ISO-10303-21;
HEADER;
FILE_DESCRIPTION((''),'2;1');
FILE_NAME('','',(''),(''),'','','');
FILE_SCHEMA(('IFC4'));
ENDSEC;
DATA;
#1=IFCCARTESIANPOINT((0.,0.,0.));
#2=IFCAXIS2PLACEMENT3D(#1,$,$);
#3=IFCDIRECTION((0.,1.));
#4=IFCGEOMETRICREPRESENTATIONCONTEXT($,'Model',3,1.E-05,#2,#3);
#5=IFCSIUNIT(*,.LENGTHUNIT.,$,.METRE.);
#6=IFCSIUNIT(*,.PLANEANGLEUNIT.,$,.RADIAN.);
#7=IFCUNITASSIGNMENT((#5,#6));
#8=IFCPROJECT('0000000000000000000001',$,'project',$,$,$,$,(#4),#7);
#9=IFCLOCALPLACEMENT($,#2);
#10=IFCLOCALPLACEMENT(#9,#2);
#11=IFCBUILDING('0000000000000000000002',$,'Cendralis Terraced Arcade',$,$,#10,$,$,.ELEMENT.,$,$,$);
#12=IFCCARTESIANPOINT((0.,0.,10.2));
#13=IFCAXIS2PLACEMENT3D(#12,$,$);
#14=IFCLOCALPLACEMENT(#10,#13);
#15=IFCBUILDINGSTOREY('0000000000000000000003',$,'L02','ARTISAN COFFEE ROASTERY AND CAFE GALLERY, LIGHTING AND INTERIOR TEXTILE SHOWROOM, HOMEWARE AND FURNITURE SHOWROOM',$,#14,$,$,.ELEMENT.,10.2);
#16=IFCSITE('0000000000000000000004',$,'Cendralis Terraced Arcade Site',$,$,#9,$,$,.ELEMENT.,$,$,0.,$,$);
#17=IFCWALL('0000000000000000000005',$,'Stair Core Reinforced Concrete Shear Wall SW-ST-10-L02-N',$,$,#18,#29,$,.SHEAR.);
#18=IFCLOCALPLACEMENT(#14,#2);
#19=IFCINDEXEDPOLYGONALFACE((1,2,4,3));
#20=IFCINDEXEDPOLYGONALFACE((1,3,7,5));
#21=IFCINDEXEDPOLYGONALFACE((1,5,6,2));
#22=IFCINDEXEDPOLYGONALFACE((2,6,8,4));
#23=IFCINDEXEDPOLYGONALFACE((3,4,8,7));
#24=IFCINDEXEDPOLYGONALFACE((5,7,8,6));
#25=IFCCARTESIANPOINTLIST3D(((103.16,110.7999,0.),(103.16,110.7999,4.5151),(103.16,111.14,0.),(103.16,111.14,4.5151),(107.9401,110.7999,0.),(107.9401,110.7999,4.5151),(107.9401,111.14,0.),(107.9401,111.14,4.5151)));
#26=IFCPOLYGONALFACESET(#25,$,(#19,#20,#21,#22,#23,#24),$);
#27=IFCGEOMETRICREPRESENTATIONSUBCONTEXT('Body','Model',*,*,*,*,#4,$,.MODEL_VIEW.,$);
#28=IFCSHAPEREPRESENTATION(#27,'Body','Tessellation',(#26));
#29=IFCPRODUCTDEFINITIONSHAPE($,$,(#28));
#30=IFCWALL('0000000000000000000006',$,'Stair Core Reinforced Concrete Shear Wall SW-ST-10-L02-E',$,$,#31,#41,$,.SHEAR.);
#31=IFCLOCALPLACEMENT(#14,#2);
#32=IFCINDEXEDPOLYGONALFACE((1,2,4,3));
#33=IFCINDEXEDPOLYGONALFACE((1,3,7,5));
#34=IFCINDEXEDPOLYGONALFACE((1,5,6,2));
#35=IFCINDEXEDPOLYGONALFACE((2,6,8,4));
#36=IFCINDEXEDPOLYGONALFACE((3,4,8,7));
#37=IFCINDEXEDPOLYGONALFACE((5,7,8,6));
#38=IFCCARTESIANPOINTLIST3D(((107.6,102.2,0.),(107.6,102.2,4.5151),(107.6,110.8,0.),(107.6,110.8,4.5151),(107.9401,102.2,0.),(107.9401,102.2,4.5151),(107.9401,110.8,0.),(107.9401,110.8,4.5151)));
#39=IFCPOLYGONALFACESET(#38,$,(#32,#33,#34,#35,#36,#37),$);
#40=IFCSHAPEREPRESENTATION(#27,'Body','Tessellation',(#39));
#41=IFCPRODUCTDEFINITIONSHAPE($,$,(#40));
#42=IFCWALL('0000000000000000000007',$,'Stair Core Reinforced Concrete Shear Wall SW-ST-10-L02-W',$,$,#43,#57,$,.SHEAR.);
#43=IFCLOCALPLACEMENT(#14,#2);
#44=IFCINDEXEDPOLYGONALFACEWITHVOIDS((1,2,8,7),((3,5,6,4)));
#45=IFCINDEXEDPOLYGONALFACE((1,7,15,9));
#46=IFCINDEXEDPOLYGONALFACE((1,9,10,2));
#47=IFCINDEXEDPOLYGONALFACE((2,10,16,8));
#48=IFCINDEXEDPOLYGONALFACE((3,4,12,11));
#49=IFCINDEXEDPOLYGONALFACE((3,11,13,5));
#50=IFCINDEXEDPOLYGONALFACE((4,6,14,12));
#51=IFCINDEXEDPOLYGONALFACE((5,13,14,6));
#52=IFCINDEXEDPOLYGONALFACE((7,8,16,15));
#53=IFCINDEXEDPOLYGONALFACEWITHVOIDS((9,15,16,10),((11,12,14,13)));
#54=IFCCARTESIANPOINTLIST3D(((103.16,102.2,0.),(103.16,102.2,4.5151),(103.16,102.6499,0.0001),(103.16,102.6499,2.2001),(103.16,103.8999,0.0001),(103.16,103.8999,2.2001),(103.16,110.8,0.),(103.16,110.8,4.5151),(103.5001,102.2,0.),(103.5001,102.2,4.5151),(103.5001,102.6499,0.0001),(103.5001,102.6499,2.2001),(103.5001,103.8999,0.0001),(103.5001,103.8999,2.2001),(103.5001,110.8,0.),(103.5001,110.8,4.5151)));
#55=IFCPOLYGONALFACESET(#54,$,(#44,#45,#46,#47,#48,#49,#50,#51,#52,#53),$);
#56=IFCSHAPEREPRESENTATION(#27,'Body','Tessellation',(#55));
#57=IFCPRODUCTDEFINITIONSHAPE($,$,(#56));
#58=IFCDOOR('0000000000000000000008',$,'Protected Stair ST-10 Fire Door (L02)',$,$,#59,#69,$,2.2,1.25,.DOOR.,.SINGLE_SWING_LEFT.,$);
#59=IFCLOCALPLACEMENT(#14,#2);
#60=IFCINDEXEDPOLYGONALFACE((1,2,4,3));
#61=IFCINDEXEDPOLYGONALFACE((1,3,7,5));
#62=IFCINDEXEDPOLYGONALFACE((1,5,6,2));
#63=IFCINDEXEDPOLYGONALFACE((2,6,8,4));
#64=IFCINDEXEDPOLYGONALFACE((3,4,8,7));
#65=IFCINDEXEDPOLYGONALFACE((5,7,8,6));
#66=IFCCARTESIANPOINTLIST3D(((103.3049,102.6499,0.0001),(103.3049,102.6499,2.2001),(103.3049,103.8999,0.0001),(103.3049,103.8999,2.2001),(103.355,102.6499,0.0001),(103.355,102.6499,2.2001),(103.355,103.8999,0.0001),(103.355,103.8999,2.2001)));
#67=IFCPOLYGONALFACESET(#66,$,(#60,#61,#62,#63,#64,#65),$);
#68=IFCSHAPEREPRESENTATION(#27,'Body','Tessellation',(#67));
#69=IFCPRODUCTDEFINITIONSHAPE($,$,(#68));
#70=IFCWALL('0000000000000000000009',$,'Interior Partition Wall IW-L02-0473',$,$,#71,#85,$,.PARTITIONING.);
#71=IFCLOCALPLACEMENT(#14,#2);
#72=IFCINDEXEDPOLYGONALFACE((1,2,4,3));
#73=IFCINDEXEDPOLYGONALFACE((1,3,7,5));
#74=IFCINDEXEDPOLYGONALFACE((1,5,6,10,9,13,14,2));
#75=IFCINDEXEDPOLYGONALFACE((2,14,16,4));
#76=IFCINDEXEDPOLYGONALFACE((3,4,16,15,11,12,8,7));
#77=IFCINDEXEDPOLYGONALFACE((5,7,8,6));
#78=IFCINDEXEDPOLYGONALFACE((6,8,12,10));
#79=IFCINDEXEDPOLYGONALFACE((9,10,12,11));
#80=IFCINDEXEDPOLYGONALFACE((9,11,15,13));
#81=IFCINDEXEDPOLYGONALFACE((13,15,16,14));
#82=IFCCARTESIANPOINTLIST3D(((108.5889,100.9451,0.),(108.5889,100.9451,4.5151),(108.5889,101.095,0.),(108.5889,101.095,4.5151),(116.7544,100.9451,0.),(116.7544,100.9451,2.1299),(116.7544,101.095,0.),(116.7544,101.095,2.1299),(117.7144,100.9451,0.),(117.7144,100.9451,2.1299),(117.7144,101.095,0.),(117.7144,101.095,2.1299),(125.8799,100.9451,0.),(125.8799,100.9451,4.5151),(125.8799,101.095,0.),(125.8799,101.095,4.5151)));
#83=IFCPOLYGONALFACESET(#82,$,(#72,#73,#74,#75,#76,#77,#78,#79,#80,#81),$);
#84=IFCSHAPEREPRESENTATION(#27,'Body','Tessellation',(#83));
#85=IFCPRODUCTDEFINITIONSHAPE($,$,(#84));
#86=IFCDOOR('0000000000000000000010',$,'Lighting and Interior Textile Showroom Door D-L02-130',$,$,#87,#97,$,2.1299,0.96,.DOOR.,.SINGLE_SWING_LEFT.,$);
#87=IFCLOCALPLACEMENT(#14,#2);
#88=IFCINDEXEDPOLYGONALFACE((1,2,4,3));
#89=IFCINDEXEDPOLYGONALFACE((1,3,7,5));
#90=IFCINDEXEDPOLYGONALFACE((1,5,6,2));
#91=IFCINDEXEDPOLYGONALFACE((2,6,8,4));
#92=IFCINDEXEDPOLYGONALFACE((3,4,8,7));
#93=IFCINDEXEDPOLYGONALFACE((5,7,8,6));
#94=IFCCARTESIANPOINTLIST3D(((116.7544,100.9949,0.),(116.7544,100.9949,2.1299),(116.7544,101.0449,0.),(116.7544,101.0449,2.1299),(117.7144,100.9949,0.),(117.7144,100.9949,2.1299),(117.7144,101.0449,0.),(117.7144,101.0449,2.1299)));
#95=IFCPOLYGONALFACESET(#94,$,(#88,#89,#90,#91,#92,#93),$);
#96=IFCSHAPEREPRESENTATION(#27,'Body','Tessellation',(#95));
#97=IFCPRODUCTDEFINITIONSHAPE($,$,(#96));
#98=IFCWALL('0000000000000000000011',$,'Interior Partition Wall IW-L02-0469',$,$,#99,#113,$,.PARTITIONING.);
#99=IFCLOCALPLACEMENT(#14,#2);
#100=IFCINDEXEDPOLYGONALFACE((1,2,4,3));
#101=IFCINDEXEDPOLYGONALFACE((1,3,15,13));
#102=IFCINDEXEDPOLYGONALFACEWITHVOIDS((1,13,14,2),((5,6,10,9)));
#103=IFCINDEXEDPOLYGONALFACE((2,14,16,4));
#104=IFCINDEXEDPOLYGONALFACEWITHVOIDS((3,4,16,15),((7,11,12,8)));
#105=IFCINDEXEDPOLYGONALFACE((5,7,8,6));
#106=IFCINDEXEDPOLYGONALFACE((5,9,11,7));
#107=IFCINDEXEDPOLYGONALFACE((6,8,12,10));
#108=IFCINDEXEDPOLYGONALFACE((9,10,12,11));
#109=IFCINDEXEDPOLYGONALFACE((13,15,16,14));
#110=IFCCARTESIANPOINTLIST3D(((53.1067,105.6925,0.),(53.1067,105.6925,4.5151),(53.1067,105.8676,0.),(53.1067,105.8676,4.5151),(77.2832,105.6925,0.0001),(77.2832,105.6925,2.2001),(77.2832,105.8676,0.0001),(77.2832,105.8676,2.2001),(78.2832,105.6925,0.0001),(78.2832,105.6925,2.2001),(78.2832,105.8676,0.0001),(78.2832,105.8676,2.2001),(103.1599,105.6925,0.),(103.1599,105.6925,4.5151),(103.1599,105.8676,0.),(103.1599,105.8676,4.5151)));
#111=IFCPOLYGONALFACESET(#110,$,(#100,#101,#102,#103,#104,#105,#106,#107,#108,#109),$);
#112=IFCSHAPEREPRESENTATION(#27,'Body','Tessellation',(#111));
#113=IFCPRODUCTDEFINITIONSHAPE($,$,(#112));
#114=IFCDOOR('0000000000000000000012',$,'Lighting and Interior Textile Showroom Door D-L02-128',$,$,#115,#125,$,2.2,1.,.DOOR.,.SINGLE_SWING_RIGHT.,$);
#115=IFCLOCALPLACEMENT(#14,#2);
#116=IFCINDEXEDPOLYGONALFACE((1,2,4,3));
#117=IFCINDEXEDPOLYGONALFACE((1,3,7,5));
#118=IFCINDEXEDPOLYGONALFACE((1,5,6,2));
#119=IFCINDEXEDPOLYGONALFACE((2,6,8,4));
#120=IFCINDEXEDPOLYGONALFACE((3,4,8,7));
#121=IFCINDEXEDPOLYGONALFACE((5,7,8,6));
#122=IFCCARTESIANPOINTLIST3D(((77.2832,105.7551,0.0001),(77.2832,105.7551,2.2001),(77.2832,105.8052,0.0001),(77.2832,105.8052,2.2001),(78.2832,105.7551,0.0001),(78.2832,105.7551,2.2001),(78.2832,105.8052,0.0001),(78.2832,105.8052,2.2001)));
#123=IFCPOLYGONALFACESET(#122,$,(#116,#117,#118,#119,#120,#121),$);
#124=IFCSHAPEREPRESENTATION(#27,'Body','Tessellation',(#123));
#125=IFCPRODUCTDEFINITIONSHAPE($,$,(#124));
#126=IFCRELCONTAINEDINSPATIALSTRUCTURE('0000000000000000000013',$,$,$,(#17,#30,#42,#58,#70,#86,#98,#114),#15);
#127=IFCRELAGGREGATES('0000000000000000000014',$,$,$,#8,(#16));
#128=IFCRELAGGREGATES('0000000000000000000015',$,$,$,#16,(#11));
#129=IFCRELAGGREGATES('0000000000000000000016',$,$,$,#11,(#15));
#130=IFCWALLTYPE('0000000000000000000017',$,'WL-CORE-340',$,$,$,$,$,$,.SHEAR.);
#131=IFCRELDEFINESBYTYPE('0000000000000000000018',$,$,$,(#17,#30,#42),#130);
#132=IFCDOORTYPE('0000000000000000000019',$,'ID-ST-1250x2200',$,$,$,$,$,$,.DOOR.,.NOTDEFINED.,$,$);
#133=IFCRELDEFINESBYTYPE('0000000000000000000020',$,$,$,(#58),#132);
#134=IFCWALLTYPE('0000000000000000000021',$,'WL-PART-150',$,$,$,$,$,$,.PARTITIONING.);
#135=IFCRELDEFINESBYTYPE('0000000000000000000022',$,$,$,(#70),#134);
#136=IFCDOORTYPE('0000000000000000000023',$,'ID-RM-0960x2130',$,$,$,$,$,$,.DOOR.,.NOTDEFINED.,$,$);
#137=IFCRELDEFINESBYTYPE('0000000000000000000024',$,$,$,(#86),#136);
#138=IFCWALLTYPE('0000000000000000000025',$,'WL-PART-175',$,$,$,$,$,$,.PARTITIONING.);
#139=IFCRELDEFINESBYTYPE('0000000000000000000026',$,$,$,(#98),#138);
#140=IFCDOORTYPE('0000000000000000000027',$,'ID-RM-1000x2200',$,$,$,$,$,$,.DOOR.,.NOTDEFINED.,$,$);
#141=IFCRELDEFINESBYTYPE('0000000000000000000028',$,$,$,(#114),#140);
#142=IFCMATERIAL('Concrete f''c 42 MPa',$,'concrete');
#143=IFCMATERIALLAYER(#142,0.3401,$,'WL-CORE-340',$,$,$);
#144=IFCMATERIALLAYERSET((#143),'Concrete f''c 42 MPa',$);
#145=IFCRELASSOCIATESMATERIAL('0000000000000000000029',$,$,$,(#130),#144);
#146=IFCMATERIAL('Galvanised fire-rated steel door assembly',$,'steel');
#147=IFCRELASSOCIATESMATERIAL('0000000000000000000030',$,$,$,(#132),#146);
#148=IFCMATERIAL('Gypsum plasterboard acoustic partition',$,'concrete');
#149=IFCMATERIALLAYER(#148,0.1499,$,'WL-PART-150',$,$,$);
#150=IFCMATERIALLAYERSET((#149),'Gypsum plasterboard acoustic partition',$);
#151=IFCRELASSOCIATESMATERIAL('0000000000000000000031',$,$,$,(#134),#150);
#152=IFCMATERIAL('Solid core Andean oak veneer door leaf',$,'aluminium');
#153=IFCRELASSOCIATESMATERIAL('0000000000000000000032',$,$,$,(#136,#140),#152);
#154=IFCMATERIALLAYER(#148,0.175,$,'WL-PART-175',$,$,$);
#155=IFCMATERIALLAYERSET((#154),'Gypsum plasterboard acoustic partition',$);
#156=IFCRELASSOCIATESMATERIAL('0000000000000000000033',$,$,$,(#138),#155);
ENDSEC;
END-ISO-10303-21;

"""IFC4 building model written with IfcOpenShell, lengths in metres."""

from ifc_helpers import new_model, si_unit, direction, frame, frame_2d, origin, place, context, subcontext, project, spatial, rectangle, extrude, material, layer, layer_set, type_object, element, fill, save


model = new_model("IFC4")

# Units and contexts
model_context = context("Model", 3, precision=1e-05, world=origin(), true_north=direction((0.0, 1.0)))
body_context = subcontext(model_context, "Body", "Model", "MODEL_VIEW")
ifc_project = project(units=[si_unit("LENGTHUNIT", "METRE"), si_unit("PLANEANGLEUNIT", "RADIAN")], contexts=[model_context])

# Site, building, storey
site_placement = place(None, origin())
site = spatial("IfcSite", under=ifc_project, at=site_placement, Name="Cendralis Terraced Arcade Site", CompositionType="ELEMENT", RefElevation=0.0)
building_placement = place(site_placement, origin())
building = spatial("IfcBuilding", under=site, at=building_placement, Name="Cendralis Terraced Arcade", CompositionType="ELEMENT")
storey_placement = place(building_placement, frame((0.0, 0.0, 10.2)))
storey = spatial("IfcBuildingStorey", under=building, at=storey_placement, Name="L02", Description="ARTISAN COFFEE ROASTERY AND CAFE GALLERY, LIGHTING AND INTERIOR TEXTILE SHOWROOM, HOMEWARE AND FURNITURE SHOWROOM", CompositionType="ELEMENT", Elevation=10.2)

# Shared definitions
ifc_material_1 = material(Name="Concrete f'c 42 MPa", Category="concrete")

# Walls
ifc_layer_1 = layer(ifc_material_1, 0.3401, Name="WL-CORE-340")
ifc_layer_set_1 = layer_set([ifc_layer_1], Name="Concrete f'c 42 MPa")
wall_type_1 = type_object("IfcWallType", Name="WL-CORE-340", PredefinedType="SHEAR", material=ifc_layer_set_1)
for number, where, z_axis, x_axis, name in (
    (1, (103.1599, 110.97, 0.0), (0.0, 0.0, 1.0), (1.0, 0.0, 0.0), "Stair Core Reinforced Concrete Shear Wall SW-ST-10-L02-N"),
):
    element("IfcWall", number, at=place(storey_placement, frame(where, z_axis=z_axis, x_axis=x_axis)), inside=storey, type_object=wall_type_1, Name=name, PredefinedType="SHEAR", context=body_context, shape_type="SweptSolid", body=[
        extrude(rectangle(XDim=4.78, YDim=0.3401, at=frame_2d((2.3901, 0.0))), origin(), (0.0, 0.0, 1.0), 4.5151),
    ])
wall_1_placement = place(storey_placement, frame((107.77, 102.2, 0.0), z_axis=(0.0, 0.0, 1.0), x_axis=(0.0, 1.0, 0.0)))
element("IfcWall", 2, at=wall_1_placement, inside=storey, type_object=wall_type_1, Name="Stair Core Reinforced Concrete Shear Wall SW-ST-10-L02-E", PredefinedType="SHEAR", context=body_context, shape_type="SweptSolid", body=[
    extrude(rectangle(XDim=8.6001, YDim=0.3401, at=frame_2d((4.3, 0.0))), origin(), (0.0, 0.0, 1.0), 4.5151),
])

# Walls, openings, doors
wall_2_placement = place(storey_placement, frame((103.3301, 102.2, 0.0), z_axis=(0.0, 0.0, 1.0), x_axis=(0.0, 1.0, 0.0)))
wall_2 = element("IfcWall", 3, at=wall_2_placement, inside=storey, type_object=wall_type_1, Name="Stair Core Reinforced Concrete Shear Wall SW-ST-10-L02-W", PredefinedType="SHEAR", context=body_context, shape_type="SweptSolid", body=[
    extrude(rectangle(XDim=8.6001, YDim=0.3401, at=frame_2d((4.3, 0.0))), origin(), (0.0, 0.0, 1.0), 4.5151),
])
opening_1_placement = place(wall_2_placement, frame((0.45, 0.0, 0.0)))
opening_1 = element("IfcOpeningElement", 4, at=opening_1_placement, cuts=wall_2, PredefinedType="OPENING", context=body_context, shape_type="SweptSolid", body=[
    extrude(rectangle(XDim=1.25, YDim=2.2, at=frame_2d((0.625, 1.1001))), frame((0.0, 0.1821, 0.0), z_axis=(0.0, -1.0, 0.0), x_axis=(1.0, 0.0, 0.0)), (0.0, 0.0, 1.0), 0.364),
])
ifc_material_2 = material(Name="Galvanised fire-rated steel door assembly", Category="steel")
door_type_1 = type_object("IfcDoorType", Name="ID-ST-1250x2200", OperationType="NOTDEFINED", PredefinedType="DOOR", material=ifc_material_2)
door_1_placement = place(opening_1_placement, frame((1.25, 0.0, 0.0), z_axis=(0.0, 0.0, 1.0), x_axis=(-1.0, 0.0, 0.0)))
door_1 = element("IfcDoor", 5, at=door_1_placement, inside=storey, type_object=door_type_1, Name="Protected Stair ST-10 Fire Door (L02)", OperationType="SINGLE_SWING_LEFT", OverallHeight=2.2, OverallWidth=1.25, PredefinedType="DOOR", context=body_context, shape_type="SweptSolid", body=[
    extrude(rectangle(XDim=1.25, YDim=2.2, at=frame_2d((0.625, 1.1001))), frame((0.0, 0.0249, 0.0), z_axis=(0.0, -1.0, 0.0), x_axis=(1.0, 0.0, 0.0)), (0.0, 0.0, 1.0), 0.05),
])
fill(opening_1, door_1)
ifc_material_3 = material(Name="Gypsum plasterboard acoustic partition", Category="concrete")
ifc_layer_2 = layer(ifc_material_3, 0.1499, Name="WL-PART-150")
ifc_layer_set_2 = layer_set([ifc_layer_2], Name="Gypsum plasterboard acoustic partition")
wall_type_2 = type_object("IfcWallType", Name="WL-PART-150", PredefinedType="PARTITIONING", material=ifc_layer_set_2)
wall_3_placement = place(storey_placement, frame((108.5889, 101.02, 0.0), z_axis=(0.0, 0.0, 1.0), x_axis=(1.0, 0.0, 0.0)))
wall_3 = element("IfcWall", 6, at=wall_3_placement, inside=storey, type_object=wall_type_2, Name="Interior Partition Wall IW-L02-0473", PredefinedType="PARTITIONING", context=body_context, shape_type="SweptSolid", body=[
    extrude(rectangle(XDim=17.291, YDim=0.1499, at=frame_2d((8.6455, 0.0))), origin(), (0.0, 0.0, 1.0), 4.5151),
])
opening_2_placement = place(wall_3_placement, frame((8.1655, 0.0, 0.0)))
opening_2 = element("IfcOpeningElement", 7, at=opening_2_placement, cuts=wall_3, PredefinedType="OPENING", context=body_context, shape_type="SweptSolid", body=[
    extrude(rectangle(XDim=0.96, YDim=2.1299, at=frame_2d((0.48, 1.0649))), frame((0.0, 0.0869, 0.0), z_axis=(0.0, -1.0, 0.0), x_axis=(1.0, 0.0, 0.0)), (0.0, 0.0, 1.0), 0.1738),
])
ifc_material_4 = material(Name="Solid core Andean oak veneer door leaf", Category="aluminium")
door_type_2 = type_object("IfcDoorType", Name="ID-RM-0960x2130", OperationType="NOTDEFINED", PredefinedType="DOOR", material=ifc_material_4)
door_2_placement = place(opening_2_placement, origin())
door_2 = element("IfcDoor", 8, at=door_2_placement, inside=storey, type_object=door_type_2, Name="Lighting and Interior Textile Showroom Door D-L02-130", OperationType="SINGLE_SWING_LEFT", OverallHeight=2.1299, OverallWidth=0.96, PredefinedType="DOOR", context=body_context, shape_type="SweptSolid", body=[
    extrude(rectangle(XDim=0.96, YDim=2.1299, at=frame_2d((0.48, 1.0649))), frame((0.0, 0.0249, 0.0), z_axis=(0.0, -1.0, 0.0), x_axis=(1.0, 0.0, 0.0)), (0.0, 0.0, 1.0), 0.05),
])
fill(opening_2, door_2)
ifc_layer_3 = layer(ifc_material_3, 0.175, Name="WL-PART-175")
ifc_layer_set_3 = layer_set([ifc_layer_3], Name="Gypsum plasterboard acoustic partition")
wall_type_3 = type_object("IfcWallType", Name="WL-PART-175", PredefinedType="PARTITIONING", material=ifc_layer_set_3)
wall_4_placement = place(storey_placement, frame((103.1599, 105.78, 0.0), z_axis=(0.0, 0.0, 1.0), x_axis=(-1.0, 0.0, 0.0)))
wall_4 = element("IfcWall", 9, at=wall_4_placement, inside=storey, type_object=wall_type_3, Name="Interior Partition Wall IW-L02-0469", PredefinedType="PARTITIONING", context=body_context, shape_type="SweptSolid", body=[
    extrude(rectangle(XDim=50.0532, YDim=0.175, at=frame_2d((25.0266, 0.0))), origin(), (0.0, 0.0, 1.0), 4.5151),
])
opening_3_placement = place(wall_4_placement, frame((24.8767, 0.0, 0.0)))
opening_3 = element("IfcOpeningElement", 10, at=opening_3_placement, cuts=wall_4, PredefinedType="OPENING", context=body_context, shape_type="SweptSolid", body=[
    extrude(rectangle(XDim=1.0, YDim=2.2, at=frame_2d((0.5, 1.1001))), frame((0.0, 0.0996, 0.0), z_axis=(0.0, -1.0, 0.0), x_axis=(1.0, 0.0, 0.0)), (0.0, 0.0, 1.0), 0.199),
])
door_type_3 = type_object("IfcDoorType", Name="ID-RM-1000x2200", OperationType="NOTDEFINED", PredefinedType="DOOR", material=ifc_material_4)
door_3_placement = place(opening_3_placement, origin())
door_3 = element("IfcDoor", 11, at=door_3_placement, inside=storey, type_object=door_type_3, Name="Lighting and Interior Textile Showroom Door D-L02-128", OperationType="SINGLE_SWING_RIGHT", OverallHeight=2.2, OverallWidth=1.0, PredefinedType="DOOR", context=body_context, shape_type="SweptSolid", body=[
    extrude(rectangle(XDim=1.0, YDim=2.2, at=frame_2d((0.5, 1.1001))), frame((0.0, 0.0249, 0.0), z_axis=(0.0, -1.0, 0.0), x_axis=(1.0, 0.0, 0.0)), (0.0, 0.0, 1.0), 0.05),
])
fill(opening_3, door_3)

save(model, "model.ifc")
